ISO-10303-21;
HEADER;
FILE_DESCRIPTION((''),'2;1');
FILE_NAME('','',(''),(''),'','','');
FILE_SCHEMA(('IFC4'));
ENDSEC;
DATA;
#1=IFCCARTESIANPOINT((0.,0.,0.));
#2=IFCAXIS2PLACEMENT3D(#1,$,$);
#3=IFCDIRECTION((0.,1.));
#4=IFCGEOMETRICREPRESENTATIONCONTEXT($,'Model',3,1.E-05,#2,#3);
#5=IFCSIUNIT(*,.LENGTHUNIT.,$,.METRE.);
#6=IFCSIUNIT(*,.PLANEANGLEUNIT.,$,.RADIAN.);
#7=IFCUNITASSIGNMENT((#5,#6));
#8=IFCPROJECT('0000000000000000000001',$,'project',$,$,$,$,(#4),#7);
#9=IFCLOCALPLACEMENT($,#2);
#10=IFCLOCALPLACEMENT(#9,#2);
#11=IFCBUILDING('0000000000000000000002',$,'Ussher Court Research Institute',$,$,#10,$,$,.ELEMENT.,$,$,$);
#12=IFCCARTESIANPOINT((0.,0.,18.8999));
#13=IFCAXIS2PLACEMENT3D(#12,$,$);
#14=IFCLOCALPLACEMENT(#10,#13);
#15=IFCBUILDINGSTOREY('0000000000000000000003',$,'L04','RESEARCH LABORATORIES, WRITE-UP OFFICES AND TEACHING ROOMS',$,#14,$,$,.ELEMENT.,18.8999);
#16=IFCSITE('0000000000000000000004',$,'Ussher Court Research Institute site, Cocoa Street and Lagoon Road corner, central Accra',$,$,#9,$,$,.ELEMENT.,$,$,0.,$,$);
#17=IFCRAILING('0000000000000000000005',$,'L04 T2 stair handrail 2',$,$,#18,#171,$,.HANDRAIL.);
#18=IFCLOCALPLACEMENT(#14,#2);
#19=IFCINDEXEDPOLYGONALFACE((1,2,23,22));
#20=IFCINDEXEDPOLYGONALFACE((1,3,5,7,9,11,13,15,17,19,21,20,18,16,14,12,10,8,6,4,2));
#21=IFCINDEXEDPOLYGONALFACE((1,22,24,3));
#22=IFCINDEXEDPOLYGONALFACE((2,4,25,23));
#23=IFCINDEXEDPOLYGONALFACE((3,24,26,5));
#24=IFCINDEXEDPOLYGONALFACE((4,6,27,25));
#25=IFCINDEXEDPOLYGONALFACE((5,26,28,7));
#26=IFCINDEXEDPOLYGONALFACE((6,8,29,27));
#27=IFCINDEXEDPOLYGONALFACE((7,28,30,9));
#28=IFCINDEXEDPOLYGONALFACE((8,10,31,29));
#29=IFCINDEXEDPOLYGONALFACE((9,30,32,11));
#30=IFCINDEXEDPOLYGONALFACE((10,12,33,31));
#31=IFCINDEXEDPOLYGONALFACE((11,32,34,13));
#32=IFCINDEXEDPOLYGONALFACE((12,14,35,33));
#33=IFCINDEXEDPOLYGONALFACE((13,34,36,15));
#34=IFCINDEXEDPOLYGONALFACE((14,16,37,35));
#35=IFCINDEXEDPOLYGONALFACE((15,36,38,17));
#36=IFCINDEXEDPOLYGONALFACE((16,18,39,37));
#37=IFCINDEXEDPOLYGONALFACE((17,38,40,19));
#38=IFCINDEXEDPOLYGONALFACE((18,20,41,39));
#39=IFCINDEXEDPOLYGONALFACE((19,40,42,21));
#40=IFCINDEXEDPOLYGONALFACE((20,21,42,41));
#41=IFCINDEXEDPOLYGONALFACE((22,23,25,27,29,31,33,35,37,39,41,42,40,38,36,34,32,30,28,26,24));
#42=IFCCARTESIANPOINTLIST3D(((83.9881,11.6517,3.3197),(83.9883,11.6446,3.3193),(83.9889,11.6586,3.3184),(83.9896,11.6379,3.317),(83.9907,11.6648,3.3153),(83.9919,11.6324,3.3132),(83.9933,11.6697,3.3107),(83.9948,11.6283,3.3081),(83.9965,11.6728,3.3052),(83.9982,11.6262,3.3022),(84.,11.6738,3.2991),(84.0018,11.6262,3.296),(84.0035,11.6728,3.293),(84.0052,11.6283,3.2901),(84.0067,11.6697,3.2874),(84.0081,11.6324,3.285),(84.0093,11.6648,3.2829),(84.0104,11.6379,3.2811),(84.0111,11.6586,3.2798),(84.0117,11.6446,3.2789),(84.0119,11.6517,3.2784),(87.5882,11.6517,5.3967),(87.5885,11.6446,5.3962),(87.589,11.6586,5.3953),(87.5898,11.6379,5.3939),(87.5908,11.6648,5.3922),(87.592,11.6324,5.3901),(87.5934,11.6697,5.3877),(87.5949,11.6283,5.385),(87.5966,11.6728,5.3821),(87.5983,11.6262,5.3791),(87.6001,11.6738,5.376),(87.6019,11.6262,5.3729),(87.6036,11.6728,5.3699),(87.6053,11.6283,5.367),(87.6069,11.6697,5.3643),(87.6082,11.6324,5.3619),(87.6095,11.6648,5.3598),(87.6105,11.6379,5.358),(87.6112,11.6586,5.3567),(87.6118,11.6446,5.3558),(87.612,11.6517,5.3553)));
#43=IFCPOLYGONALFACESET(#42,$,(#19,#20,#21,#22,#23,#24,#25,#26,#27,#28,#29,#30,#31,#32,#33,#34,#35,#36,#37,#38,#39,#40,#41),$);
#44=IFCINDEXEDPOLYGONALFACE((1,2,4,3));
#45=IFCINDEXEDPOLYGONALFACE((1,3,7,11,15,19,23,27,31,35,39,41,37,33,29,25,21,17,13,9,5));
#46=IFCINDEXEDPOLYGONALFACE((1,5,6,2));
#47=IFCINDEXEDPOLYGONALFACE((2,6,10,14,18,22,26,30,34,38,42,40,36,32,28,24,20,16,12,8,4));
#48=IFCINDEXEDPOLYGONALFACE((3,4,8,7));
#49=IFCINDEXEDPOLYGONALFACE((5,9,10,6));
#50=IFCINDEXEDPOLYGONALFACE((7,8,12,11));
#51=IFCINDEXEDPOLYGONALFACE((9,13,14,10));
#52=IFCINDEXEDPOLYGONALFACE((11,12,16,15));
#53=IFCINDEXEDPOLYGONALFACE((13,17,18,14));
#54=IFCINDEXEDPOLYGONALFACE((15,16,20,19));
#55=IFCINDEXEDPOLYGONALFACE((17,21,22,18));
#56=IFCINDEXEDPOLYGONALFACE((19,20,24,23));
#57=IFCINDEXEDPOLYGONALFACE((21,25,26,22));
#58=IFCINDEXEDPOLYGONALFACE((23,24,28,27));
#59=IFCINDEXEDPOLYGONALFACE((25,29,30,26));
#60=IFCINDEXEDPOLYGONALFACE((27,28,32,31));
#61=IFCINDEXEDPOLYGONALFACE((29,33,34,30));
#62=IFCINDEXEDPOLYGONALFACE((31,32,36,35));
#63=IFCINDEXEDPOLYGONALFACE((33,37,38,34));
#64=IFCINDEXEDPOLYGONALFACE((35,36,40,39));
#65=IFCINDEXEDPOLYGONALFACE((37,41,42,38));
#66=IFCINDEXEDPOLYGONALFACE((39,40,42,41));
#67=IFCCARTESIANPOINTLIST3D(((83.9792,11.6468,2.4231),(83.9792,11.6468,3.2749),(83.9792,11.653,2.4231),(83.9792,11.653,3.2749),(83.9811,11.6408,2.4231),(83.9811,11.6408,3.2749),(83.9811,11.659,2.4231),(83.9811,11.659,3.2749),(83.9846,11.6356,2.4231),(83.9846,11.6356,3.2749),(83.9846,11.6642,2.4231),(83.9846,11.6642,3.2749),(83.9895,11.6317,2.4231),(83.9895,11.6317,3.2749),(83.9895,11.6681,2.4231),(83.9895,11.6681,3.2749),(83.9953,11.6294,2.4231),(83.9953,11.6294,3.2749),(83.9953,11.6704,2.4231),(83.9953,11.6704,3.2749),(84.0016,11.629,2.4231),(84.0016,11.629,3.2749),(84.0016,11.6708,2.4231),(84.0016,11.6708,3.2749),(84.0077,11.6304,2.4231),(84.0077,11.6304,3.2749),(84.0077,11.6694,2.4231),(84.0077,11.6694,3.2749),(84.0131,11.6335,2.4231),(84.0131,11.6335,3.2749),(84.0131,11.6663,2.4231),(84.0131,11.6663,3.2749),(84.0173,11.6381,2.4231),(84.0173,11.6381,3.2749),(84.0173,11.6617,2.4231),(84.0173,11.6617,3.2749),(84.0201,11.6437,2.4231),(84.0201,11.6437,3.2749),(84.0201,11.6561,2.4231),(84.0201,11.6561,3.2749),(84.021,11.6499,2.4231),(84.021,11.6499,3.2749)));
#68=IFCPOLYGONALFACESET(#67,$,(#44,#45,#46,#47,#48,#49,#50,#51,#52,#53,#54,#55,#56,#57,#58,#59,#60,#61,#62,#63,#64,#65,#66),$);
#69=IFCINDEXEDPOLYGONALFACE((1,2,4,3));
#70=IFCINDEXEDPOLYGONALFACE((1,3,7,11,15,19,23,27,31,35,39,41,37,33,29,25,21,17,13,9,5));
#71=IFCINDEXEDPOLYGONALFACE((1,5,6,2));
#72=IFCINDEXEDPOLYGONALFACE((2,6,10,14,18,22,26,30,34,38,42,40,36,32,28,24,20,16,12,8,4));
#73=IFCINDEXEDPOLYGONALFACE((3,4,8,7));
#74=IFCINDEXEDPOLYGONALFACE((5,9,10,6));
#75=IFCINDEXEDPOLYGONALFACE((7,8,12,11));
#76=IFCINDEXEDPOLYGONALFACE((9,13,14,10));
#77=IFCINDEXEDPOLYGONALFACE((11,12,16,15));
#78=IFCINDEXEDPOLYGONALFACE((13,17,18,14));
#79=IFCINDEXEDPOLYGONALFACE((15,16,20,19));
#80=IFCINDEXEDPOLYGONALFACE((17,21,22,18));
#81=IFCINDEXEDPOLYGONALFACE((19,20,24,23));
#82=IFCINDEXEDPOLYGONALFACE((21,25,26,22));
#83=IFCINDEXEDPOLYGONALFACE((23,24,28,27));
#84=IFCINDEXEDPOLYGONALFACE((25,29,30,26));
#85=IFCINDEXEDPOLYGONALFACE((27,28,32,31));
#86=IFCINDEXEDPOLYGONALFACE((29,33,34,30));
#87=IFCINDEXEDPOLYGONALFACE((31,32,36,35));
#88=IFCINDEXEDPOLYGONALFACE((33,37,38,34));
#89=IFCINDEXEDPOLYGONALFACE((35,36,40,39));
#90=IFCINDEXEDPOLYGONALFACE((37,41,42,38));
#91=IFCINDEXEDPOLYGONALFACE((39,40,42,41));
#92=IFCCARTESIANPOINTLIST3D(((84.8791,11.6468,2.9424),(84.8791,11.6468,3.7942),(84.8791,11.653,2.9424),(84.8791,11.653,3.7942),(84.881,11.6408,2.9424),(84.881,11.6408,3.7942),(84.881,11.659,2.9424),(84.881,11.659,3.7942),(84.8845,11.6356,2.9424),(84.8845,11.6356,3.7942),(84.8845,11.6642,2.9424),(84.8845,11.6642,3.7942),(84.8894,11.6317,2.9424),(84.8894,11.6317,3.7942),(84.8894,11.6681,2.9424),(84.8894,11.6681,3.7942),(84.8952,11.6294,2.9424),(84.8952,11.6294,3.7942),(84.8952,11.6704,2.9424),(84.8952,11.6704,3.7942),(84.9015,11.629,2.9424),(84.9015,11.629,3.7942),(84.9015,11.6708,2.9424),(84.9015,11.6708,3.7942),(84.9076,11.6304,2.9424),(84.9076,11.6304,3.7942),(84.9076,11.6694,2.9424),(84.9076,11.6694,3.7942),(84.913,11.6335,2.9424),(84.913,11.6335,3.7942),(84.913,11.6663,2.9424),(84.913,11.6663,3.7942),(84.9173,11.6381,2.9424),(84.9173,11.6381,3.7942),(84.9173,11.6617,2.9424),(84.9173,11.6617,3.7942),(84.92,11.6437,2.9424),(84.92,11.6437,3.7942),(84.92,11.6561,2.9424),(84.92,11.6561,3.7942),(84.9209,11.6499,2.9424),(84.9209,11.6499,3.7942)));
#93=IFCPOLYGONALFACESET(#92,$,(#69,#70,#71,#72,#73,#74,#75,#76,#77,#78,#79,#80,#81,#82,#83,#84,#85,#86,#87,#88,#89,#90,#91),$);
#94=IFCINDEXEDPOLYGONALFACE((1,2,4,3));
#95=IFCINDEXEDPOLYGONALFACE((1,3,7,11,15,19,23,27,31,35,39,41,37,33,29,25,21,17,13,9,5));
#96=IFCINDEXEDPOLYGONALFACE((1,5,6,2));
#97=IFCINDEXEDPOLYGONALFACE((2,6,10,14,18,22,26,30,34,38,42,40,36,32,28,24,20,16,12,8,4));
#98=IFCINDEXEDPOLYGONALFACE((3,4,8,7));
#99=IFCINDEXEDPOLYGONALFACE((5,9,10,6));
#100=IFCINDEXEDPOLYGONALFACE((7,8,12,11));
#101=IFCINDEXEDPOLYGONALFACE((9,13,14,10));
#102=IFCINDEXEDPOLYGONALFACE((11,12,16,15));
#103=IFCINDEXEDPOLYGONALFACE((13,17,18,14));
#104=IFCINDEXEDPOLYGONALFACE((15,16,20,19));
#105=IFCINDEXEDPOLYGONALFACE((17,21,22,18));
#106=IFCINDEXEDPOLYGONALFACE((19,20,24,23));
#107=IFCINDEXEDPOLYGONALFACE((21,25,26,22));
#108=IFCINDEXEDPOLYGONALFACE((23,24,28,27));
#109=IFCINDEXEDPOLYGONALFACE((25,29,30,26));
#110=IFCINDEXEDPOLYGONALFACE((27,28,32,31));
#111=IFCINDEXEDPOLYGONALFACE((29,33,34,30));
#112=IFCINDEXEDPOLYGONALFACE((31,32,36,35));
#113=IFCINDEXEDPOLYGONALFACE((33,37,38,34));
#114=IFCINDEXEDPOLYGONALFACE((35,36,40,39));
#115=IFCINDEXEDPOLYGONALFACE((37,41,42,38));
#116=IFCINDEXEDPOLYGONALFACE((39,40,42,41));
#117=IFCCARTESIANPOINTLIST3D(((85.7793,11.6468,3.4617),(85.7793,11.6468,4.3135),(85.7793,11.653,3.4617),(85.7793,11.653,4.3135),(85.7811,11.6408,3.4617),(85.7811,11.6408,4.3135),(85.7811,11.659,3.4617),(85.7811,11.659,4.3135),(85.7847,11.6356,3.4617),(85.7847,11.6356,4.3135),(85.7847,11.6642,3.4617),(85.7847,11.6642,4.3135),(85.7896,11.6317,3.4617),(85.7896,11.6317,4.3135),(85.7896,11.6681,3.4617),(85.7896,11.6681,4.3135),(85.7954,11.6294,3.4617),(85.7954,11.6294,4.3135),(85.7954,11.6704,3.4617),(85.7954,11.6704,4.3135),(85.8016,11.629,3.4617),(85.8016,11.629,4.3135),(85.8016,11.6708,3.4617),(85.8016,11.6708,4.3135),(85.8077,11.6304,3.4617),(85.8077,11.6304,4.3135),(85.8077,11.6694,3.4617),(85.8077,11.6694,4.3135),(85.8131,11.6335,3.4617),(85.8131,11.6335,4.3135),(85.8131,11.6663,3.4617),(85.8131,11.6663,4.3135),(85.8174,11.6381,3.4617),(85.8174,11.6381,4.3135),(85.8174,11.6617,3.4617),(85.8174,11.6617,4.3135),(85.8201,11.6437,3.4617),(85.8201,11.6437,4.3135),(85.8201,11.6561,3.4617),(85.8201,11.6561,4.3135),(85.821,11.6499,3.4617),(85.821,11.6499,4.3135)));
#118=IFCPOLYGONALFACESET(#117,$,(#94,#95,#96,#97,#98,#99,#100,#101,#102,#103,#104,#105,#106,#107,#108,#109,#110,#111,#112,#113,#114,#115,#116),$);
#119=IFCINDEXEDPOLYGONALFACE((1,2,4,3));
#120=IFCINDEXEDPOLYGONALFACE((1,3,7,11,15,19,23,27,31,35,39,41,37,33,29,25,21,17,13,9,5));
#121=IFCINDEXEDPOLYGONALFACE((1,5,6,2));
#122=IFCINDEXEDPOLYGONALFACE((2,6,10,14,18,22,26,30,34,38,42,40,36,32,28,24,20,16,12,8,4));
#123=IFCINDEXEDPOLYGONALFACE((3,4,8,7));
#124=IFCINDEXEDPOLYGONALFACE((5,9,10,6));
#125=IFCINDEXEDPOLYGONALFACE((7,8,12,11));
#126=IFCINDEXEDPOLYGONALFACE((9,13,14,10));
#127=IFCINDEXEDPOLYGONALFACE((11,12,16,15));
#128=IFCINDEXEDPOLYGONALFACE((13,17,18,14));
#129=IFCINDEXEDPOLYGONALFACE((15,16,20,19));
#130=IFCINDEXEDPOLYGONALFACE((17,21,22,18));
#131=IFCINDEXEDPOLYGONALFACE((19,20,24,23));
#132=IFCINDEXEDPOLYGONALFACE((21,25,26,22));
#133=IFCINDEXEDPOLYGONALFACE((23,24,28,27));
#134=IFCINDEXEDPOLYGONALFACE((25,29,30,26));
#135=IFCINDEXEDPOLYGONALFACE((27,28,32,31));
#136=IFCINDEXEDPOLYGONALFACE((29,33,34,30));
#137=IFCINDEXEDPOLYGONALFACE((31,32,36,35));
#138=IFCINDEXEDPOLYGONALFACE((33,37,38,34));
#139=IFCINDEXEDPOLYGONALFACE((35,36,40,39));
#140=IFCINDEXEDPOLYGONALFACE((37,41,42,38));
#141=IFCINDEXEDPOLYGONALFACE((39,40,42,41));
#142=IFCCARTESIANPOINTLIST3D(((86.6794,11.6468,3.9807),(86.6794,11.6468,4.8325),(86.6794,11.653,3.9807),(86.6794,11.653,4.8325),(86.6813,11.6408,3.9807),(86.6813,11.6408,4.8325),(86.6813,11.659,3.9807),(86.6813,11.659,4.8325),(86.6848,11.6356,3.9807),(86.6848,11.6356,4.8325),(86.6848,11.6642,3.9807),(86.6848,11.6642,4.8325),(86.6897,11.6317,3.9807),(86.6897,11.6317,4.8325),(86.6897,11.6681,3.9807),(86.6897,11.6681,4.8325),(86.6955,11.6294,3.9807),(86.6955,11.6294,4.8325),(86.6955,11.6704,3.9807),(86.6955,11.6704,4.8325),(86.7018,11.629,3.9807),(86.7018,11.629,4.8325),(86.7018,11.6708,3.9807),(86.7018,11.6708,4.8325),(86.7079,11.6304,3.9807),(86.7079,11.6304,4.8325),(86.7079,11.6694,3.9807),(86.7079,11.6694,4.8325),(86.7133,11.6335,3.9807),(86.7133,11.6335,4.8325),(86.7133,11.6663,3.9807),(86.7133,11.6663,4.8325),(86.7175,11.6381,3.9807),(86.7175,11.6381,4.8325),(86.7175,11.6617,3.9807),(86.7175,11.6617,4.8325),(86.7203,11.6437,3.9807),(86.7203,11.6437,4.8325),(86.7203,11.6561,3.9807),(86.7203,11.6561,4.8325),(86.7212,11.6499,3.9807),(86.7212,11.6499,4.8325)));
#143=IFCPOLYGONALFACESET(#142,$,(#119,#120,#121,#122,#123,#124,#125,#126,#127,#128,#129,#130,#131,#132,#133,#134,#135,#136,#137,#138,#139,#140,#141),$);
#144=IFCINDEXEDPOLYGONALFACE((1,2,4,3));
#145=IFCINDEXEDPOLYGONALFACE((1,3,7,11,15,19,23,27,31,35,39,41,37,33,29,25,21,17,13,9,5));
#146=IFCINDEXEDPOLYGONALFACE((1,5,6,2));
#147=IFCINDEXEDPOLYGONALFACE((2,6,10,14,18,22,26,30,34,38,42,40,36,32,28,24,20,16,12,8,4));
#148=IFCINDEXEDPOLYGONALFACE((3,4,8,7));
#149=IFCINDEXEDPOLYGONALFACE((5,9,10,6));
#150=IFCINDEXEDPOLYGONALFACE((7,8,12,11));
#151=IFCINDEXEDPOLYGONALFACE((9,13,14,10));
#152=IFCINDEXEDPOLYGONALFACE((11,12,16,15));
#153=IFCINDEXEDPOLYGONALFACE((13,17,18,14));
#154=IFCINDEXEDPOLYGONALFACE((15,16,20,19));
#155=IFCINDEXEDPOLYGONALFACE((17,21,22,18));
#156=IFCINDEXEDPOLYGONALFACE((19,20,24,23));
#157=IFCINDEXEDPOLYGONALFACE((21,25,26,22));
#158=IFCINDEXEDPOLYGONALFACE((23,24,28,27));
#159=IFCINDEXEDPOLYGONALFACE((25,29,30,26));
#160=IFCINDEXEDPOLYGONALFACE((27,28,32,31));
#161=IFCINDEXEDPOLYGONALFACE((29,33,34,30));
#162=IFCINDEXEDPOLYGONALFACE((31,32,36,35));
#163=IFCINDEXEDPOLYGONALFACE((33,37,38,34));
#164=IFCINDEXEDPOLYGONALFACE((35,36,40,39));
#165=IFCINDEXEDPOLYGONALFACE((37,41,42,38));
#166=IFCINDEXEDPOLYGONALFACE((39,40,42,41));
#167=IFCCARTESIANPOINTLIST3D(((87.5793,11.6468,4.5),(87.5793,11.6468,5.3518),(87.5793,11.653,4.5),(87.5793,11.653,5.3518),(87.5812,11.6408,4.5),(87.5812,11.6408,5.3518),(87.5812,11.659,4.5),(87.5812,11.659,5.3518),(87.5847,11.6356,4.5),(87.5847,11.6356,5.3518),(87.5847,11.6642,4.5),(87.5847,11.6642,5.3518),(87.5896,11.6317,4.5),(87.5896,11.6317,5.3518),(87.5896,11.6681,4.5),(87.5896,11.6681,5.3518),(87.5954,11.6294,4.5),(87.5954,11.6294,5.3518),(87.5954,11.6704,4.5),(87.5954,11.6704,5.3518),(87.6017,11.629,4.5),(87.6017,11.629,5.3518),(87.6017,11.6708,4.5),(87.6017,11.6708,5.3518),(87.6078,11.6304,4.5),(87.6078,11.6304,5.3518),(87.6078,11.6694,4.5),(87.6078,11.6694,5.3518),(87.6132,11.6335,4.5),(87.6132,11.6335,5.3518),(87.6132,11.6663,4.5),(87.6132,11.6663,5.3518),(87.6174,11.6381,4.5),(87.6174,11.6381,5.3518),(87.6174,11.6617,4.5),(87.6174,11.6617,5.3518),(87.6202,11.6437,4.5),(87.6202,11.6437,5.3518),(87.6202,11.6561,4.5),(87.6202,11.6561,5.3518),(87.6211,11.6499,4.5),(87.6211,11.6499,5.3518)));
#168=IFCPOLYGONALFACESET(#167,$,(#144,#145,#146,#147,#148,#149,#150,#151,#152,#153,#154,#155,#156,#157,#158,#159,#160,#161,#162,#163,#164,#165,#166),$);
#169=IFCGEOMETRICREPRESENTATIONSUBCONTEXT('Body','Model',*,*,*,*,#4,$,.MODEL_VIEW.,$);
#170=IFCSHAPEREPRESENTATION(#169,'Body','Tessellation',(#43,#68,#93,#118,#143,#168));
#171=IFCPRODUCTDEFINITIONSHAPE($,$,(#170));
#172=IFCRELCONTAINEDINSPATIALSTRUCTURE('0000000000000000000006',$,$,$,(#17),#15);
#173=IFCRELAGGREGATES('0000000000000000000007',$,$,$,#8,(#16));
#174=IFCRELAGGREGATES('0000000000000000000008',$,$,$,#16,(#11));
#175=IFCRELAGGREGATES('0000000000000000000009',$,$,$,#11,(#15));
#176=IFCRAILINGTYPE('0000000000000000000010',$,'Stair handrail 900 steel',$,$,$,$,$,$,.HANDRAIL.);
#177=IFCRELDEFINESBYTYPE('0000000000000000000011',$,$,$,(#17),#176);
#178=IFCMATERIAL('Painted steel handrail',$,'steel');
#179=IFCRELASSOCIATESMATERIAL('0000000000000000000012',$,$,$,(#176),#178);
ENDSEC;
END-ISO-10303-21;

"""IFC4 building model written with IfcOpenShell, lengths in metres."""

from ifc_helpers import new_model, si_unit, direction, frame, origin, origin_2d, place, context, subcontext, project, spatial, circle, extrude, material, type_object, element, save


model = new_model("IFC4")

# Units and contexts
model_context = context("Model", 3, precision=1e-05, world=origin(), true_north=direction((0.0, 1.0)))
body_context = subcontext(model_context, "Body", "Model", "MODEL_VIEW")
ifc_project = project(units=[si_unit("LENGTHUNIT", "METRE"), si_unit("PLANEANGLEUNIT", "RADIAN")], contexts=[model_context])

# Site, building, storey
site_placement = place(None, origin())
site = spatial("IfcSite", under=ifc_project, at=site_placement, Name="Ussher Court Research Institute site, Cocoa Street and Lagoon Road corner, central Accra", CompositionType="ELEMENT", RefElevation=0.0)
building_placement = place(site_placement, origin())
building = spatial("IfcBuilding", under=site, at=building_placement, Name="Ussher Court Research Institute", CompositionType="ELEMENT")
storey_placement = place(building_placement, frame((0.0, 0.0, 18.8999)))
storey = spatial("IfcBuildingStorey", under=building, at=storey_placement, Name="L04", Description="RESEARCH LABORATORIES, WRITE-UP OFFICES AND TEACHING ROOMS", CompositionType="ELEMENT", Elevation=18.8999)

# Railing
ifc_material_1 = material(Name="Painted steel handrail", Category="steel")
railing_type_1 = type_object("IfcRailingType", Name="Stair handrail 900 steel", PredefinedType="HANDRAIL", material=ifc_material_1)
railing_1_placement = place(storey_placement, frame((84.0, 11.6499, 2.4231)))
element("IfcRailing", 1, at=railing_1_placement, inside=storey, type_object=railing_type_1, Name="L04 T2 stair handrail 2", PredefinedType="HANDRAIL", context=body_context, shape_type="SweptSolid", body=[
    extrude(circle(Radius=0.0239, at=origin_2d()), frame((0.0, 0.0, 0.876), z_axis=(0.866193, 0.0, 0.499709), x_axis=(0.0, 1.0, 0.0)), (0.0, 0.0, 1.0), 4.1562),
    extrude(circle(Radius=0.021, at=origin_2d()), origin(), (0.0, 0.0, 1.0), 0.8518),
    extrude(circle(Radius=0.021, at=origin_2d()), frame((0.8999, 0.0, 0.5193)), (0.0, 0.0, 1.0), 0.8518),
    extrude(circle(Radius=0.021, at=origin_2d()), frame((1.8, 0.0, 1.0386)), (0.0, 0.0, 1.0), 0.8518),
    extrude(circle(Radius=0.021, at=origin_2d()), frame((2.7002, 0.0, 1.5576)), (0.0, 0.0, 1.0), 0.8518),
    extrude(circle(Radius=0.021, at=origin_2d()), frame((3.6001, 0.0, 2.0769)), (0.0, 0.0, 1.0), 0.8518),
])

save(model, "model.ifc")
